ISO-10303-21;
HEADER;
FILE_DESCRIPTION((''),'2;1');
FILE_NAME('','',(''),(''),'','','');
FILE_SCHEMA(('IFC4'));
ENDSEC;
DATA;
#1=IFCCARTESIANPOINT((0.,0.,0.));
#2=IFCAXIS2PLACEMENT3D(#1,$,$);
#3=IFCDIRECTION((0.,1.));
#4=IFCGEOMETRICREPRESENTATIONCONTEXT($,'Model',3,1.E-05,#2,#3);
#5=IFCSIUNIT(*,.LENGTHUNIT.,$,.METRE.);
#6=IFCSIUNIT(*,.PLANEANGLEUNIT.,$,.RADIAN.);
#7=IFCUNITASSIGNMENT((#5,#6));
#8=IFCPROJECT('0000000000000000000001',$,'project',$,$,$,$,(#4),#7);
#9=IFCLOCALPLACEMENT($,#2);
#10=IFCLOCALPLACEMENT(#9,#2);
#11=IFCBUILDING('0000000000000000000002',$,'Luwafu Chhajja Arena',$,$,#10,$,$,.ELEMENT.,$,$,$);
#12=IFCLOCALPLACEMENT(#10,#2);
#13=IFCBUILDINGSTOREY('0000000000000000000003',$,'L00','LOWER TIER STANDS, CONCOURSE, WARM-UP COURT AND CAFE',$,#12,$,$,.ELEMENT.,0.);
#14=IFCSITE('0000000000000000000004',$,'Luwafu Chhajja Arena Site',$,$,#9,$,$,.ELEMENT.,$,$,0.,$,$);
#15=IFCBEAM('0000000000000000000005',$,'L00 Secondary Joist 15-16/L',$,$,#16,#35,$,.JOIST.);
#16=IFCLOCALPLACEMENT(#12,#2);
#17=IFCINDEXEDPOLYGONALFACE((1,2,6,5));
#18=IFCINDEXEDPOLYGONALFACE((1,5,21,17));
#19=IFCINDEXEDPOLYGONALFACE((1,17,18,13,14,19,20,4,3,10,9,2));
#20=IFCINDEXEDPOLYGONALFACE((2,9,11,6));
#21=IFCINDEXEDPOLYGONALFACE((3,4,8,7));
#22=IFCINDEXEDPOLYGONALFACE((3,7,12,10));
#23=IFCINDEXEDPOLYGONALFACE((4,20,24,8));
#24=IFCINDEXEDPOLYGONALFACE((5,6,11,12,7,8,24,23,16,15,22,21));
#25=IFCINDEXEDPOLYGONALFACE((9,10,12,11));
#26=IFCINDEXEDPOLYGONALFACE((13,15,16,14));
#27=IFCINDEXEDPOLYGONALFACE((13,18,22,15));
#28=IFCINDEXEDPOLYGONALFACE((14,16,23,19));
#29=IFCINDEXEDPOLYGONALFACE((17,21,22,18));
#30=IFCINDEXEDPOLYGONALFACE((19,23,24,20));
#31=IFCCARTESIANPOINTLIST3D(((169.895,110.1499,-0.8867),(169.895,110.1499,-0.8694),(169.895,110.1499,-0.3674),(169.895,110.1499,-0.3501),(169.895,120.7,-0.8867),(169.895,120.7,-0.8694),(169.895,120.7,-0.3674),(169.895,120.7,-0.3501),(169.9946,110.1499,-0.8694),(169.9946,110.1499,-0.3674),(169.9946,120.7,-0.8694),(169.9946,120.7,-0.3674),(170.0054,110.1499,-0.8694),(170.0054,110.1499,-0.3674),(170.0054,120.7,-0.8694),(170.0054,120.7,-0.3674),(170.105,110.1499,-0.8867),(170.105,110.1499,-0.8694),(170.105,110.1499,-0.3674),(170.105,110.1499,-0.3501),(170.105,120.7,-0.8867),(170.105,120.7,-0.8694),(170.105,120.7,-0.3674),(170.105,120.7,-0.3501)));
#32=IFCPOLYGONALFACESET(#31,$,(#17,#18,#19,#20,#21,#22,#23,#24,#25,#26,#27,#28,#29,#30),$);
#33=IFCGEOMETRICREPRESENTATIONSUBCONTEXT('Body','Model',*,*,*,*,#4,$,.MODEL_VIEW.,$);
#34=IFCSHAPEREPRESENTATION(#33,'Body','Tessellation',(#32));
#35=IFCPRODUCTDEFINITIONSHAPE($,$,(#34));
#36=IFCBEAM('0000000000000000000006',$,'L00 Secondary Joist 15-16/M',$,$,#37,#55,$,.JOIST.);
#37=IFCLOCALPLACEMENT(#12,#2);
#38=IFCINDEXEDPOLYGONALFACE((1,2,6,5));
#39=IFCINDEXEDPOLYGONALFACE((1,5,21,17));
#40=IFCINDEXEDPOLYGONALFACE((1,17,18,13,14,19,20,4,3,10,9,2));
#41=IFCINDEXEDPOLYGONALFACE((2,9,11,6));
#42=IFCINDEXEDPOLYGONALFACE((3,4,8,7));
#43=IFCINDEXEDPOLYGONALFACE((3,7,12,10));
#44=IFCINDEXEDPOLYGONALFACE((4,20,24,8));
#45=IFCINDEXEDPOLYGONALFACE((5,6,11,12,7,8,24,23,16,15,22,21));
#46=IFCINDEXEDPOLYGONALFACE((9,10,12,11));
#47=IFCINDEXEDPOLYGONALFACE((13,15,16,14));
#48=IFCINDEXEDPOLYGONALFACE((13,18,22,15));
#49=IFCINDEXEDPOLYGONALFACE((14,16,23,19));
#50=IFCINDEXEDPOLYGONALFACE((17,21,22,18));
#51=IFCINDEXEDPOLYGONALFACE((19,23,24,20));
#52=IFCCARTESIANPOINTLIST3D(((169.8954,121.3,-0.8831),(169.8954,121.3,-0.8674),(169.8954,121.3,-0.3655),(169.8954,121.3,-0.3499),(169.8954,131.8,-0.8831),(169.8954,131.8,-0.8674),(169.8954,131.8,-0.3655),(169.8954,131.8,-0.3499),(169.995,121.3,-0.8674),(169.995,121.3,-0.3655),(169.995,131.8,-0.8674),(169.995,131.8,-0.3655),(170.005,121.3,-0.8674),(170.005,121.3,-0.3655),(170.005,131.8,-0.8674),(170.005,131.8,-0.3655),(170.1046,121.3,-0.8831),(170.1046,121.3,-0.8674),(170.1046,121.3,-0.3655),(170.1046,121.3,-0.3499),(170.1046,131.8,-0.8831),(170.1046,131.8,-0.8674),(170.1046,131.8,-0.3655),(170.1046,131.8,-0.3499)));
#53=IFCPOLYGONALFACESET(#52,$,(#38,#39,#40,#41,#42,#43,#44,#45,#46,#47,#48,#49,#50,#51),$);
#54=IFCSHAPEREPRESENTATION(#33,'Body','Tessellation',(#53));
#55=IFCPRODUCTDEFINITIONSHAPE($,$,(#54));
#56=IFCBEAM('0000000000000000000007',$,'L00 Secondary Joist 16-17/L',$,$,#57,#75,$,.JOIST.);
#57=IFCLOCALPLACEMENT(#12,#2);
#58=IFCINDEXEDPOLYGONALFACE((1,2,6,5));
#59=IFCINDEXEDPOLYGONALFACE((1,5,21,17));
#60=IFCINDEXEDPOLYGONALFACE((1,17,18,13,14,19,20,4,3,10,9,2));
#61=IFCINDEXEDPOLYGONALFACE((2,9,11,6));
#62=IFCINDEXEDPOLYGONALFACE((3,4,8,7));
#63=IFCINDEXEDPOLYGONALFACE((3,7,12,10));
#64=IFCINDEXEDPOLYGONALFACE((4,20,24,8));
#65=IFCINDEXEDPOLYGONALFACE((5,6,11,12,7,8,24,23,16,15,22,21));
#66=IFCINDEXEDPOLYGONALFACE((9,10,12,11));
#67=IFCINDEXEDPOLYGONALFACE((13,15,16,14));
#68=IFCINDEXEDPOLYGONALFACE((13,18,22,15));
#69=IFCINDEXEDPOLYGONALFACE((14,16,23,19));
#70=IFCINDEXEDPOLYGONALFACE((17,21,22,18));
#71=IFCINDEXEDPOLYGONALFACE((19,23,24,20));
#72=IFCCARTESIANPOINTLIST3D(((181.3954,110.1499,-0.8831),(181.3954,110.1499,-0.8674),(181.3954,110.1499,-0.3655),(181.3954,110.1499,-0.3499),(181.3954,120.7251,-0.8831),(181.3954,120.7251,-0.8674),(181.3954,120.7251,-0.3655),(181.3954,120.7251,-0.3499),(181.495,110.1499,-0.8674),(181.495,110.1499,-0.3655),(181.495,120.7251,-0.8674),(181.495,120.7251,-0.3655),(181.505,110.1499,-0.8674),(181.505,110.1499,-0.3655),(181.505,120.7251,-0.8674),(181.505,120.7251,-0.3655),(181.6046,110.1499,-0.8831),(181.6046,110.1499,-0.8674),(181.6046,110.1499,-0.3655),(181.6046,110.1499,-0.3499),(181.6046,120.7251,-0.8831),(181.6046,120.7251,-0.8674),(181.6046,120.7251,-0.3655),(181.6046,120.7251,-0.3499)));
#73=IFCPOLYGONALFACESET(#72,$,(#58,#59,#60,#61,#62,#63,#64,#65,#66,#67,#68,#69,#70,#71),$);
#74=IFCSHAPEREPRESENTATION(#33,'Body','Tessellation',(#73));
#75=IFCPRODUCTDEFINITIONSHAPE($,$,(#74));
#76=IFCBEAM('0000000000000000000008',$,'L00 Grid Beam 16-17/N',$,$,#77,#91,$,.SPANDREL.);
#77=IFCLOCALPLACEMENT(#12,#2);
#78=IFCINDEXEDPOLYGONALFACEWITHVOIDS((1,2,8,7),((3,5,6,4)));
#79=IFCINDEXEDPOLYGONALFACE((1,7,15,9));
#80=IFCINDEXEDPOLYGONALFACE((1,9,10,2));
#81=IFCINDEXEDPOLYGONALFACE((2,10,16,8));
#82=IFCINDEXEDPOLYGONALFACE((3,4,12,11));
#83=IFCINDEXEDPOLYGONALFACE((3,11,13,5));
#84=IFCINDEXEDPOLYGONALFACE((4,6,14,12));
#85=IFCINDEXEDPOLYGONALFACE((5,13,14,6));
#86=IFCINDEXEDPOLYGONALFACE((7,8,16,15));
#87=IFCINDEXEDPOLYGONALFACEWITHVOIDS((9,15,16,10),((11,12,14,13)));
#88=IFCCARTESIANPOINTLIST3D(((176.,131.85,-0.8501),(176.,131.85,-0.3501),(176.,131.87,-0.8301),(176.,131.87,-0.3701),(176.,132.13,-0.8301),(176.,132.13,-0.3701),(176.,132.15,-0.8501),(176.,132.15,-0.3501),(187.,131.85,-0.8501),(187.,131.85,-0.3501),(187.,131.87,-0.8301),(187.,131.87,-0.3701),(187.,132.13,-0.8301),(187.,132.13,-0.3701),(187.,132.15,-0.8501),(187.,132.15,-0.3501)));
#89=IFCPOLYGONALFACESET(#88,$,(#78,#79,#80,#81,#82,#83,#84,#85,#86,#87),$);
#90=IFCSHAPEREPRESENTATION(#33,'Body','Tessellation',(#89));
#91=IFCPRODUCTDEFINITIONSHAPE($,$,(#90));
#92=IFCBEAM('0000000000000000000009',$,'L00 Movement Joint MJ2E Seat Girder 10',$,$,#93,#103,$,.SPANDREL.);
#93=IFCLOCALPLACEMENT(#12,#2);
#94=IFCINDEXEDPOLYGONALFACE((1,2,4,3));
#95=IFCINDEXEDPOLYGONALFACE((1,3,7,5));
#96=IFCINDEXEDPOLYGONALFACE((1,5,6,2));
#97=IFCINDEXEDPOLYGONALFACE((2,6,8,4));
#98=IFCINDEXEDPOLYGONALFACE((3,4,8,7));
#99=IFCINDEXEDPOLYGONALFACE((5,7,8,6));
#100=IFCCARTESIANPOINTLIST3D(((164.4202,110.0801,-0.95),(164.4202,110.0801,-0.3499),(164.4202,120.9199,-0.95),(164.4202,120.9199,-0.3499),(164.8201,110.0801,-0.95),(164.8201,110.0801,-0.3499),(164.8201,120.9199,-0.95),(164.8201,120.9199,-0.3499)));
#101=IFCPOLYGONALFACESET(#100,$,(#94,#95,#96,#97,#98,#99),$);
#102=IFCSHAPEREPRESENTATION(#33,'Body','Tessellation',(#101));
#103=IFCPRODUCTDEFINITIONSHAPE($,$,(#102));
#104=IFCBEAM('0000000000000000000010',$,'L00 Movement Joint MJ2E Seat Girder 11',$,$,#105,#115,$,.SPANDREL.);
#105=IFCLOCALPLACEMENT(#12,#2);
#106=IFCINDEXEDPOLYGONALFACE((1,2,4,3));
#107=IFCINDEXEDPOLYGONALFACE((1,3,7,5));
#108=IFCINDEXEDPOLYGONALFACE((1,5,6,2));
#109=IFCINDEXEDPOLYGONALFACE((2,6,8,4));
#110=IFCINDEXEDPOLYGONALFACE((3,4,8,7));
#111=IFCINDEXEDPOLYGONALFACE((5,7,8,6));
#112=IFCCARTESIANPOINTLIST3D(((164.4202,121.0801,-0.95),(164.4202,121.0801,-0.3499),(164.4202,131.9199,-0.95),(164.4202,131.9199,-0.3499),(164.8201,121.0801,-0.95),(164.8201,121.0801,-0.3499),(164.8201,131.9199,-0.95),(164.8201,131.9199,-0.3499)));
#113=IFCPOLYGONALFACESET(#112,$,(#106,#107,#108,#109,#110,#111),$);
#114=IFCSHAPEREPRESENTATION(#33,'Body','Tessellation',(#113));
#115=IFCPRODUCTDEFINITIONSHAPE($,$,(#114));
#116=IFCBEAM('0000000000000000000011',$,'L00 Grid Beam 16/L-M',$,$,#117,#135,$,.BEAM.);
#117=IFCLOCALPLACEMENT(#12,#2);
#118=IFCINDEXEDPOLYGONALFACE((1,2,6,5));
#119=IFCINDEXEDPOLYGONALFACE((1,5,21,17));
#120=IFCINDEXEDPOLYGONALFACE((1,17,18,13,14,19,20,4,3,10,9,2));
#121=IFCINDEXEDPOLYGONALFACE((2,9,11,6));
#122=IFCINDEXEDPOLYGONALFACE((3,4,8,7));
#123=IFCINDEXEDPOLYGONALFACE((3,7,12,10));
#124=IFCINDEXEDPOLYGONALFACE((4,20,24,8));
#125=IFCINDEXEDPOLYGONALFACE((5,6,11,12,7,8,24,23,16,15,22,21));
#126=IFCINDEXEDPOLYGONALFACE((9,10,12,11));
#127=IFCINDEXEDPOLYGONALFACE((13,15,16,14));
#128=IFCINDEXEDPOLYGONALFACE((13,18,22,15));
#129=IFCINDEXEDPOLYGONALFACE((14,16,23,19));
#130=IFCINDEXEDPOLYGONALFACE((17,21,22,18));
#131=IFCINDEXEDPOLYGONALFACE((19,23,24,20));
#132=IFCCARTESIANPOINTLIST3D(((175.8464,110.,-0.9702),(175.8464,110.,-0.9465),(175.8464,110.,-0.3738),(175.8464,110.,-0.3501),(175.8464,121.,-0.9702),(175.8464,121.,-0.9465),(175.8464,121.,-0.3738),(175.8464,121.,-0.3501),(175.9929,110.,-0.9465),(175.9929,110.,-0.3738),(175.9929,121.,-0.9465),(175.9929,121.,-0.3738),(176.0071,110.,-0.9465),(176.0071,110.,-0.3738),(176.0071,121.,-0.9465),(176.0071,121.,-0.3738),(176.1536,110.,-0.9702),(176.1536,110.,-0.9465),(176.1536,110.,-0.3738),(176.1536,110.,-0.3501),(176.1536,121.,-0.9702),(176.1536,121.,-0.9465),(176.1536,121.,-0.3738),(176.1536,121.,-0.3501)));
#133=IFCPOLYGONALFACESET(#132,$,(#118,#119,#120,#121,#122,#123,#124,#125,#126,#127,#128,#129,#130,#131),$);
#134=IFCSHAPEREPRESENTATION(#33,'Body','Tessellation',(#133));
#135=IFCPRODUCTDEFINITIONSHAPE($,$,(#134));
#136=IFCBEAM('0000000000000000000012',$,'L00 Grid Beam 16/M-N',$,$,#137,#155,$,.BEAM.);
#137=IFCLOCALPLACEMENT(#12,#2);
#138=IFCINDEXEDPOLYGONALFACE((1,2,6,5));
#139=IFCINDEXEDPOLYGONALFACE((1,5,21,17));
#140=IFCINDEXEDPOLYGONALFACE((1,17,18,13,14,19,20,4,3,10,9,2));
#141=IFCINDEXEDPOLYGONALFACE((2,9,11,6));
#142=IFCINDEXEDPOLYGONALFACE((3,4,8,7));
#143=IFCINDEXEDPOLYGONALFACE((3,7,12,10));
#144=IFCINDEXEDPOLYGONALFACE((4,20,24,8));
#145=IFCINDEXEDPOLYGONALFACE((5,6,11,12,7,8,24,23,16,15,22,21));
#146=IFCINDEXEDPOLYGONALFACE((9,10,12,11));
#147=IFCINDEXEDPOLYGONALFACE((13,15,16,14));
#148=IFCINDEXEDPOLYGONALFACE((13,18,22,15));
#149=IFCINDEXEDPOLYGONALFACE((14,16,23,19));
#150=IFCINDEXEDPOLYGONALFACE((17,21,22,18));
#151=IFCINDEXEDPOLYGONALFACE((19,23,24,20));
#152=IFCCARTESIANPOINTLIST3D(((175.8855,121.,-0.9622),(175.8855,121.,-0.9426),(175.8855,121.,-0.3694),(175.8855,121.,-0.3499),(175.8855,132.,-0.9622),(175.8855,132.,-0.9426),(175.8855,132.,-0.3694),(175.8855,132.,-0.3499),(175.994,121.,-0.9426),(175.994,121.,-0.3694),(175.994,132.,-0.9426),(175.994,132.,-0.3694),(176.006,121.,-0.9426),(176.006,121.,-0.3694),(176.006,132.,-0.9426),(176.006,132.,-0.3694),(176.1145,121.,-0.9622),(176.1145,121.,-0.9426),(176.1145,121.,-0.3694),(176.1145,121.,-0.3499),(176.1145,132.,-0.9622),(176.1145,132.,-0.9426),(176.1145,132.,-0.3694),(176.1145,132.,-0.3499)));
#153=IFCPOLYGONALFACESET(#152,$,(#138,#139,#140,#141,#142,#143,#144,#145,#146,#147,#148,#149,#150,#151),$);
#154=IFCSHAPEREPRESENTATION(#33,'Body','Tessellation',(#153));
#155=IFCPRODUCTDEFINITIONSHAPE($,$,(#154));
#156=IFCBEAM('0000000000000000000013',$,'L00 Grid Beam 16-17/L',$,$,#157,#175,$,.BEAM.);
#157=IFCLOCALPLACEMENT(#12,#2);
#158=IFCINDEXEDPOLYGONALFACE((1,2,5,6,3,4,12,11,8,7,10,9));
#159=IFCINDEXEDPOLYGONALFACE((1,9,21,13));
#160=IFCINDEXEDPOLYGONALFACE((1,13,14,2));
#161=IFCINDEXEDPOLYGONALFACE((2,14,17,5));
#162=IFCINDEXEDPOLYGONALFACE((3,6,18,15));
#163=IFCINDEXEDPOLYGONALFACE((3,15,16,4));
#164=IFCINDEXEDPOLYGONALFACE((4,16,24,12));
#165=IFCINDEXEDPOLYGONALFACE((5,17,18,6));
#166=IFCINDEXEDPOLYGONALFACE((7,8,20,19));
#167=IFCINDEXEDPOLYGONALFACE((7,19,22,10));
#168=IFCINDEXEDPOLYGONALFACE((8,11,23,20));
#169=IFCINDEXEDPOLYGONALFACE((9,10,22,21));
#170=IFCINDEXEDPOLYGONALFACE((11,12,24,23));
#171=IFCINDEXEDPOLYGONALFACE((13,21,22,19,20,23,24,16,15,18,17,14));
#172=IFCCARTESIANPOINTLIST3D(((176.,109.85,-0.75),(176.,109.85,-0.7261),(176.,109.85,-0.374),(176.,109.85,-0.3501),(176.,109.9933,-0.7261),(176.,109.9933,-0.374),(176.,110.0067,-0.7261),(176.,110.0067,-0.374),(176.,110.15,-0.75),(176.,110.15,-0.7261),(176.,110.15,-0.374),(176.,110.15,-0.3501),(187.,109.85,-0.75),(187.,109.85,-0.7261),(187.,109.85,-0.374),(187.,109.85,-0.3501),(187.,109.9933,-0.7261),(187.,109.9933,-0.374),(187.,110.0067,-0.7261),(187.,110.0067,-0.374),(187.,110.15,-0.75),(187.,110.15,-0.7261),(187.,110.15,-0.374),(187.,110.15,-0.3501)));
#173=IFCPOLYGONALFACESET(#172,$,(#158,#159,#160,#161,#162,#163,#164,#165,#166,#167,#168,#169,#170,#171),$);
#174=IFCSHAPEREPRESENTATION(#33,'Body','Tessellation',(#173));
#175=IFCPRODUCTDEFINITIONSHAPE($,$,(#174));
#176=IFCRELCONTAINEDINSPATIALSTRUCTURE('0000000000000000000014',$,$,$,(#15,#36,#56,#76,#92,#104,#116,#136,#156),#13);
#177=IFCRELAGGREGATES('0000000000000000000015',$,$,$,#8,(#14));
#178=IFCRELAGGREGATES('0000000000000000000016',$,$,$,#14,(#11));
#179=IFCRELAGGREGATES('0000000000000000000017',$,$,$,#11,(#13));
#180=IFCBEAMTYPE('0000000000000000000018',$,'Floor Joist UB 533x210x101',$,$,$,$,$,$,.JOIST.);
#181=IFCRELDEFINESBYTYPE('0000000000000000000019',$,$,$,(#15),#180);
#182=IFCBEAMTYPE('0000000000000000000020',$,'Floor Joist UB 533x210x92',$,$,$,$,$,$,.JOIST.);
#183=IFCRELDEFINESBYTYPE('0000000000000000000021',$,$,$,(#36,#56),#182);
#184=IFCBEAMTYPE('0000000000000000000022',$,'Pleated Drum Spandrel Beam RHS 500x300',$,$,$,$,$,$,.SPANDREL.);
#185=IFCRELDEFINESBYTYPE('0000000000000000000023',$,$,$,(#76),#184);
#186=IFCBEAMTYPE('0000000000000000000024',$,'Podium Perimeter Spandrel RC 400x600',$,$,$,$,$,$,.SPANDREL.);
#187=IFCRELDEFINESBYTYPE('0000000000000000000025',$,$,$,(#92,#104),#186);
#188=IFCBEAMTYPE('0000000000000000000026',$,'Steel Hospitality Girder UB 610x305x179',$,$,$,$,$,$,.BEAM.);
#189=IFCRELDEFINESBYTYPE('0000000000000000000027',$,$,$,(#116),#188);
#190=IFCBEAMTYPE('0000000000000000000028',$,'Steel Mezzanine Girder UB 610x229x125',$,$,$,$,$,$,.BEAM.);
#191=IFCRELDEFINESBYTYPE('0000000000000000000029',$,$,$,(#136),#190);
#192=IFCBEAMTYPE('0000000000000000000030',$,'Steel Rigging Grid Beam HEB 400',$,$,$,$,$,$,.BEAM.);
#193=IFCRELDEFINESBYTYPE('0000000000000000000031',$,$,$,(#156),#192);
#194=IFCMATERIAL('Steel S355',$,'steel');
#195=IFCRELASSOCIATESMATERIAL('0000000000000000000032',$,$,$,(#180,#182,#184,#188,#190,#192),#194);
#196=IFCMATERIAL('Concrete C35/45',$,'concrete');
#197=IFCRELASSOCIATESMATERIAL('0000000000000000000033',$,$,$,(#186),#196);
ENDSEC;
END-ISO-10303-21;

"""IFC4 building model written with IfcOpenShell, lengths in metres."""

from ifc_helpers import new_model, si_unit, direction, frame, origin, origin_2d, place, context, subcontext, project, spatial, rectangle, hollow_rectangle, i_section, extrude, material, material_profile, profile_set, type_object, element, save


model = new_model("IFC4")

# Units and contexts
model_context = context("Model", 3, precision=1e-05, world=origin(), true_north=direction((0.0, 1.0)))
body_context = subcontext(model_context, "Body", "Model", "MODEL_VIEW")
ifc_project = project(units=[si_unit("LENGTHUNIT", "METRE"), si_unit("PLANEANGLEUNIT", "RADIAN")], contexts=[model_context])

# Site, building, storey
site_placement = place(None, origin())
site = spatial("IfcSite", under=ifc_project, at=site_placement, Name="Luwafu Chhajja Arena Site", CompositionType="ELEMENT", RefElevation=0.0)
building_placement = place(site_placement, origin())
building = spatial("IfcBuilding", under=site, at=building_placement, Name="Luwafu Chhajja Arena", CompositionType="ELEMENT")
storey_placement = place(building_placement, origin())
storey = spatial("IfcBuildingStorey", under=building, at=storey_placement, Name="L00", Description="LOWER TIER STANDS, CONCOURSE, WARM-UP COURT AND CAFE", CompositionType="ELEMENT", Elevation=0.0)

# Shared definitions
ifc_material_1 = material(Name="Concrete C35/45", Category="concrete")

# Beams
ifc_material_2 = material(Name="Steel S355", Category="steel")
ifc_material_profile_1 = material_profile(ifc_material_2, i_section(OverallWidth=0.21, OverallDepth=0.5366, WebThickness=0.0107, FlangeThickness=0.0173, at=origin_2d()), Name="UB 533x210x101")
ifc_profile_set_1 = profile_set([ifc_material_profile_1], Name="Steel S355")
beam_type_1 = type_object("IfcBeamType", Name="Floor Joist UB 533x210x101", PredefinedType="JOIST", material=ifc_profile_set_1)
beam_1_placement = place(storey_placement, frame((170.0, 110.1499, -0.6184), z_axis=(0.0, 1.0, 0.0), x_axis=(-1.0, 0.0, 0.0)))
element("IfcBeam", 1, at=beam_1_placement, inside=storey, type_object=beam_type_1, Name="L00 Secondary Joist 15-16/L", PredefinedType="JOIST", context=body_context, shape_type="SweptSolid", body=[
    extrude(i_section(OverallWidth=0.21, OverallDepth=0.5366, WebThickness=0.0107, FlangeThickness=0.0173, at=origin_2d()), origin(), (0.0, 0.0, 1.0), 10.55),
])
ifc_material_profile_2 = material_profile(ifc_material_2, i_section(OverallWidth=0.2092, OverallDepth=0.5332, WebThickness=0.01, FlangeThickness=0.0156, at=origin_2d()), Name="UB 533x210x92")
ifc_profile_set_2 = profile_set([ifc_material_profile_2], Name="Steel S355")
beam_type_2 = type_object("IfcBeamType", Name="Floor Joist UB 533x210x92", PredefinedType="JOIST", material=ifc_profile_set_2)
beam_2_placement = place(storey_placement, frame((170.0, 121.3, -0.6165), z_axis=(0.0, 1.0, 0.0), x_axis=(-1.0, 0.0, 0.0)))
element("IfcBeam", 2, at=beam_2_placement, inside=storey, type_object=beam_type_2, Name="L00 Secondary Joist 15-16/M", PredefinedType="JOIST", context=body_context, shape_type="SweptSolid", body=[
    extrude(i_section(OverallWidth=0.2092, OverallDepth=0.5332, WebThickness=0.01, FlangeThickness=0.0156, at=origin_2d()), origin(), (0.0, 0.0, 1.0), 10.5),
])
beam_3_placement = place(storey_placement, frame((181.5, 110.1499, -0.6165), z_axis=(0.0, 1.0, 0.0), x_axis=(-1.0, 0.0, 0.0)))
element("IfcBeam", 3, at=beam_3_placement, inside=storey, type_object=beam_type_2, Name="L00 Secondary Joist 16-17/L", PredefinedType="JOIST", context=body_context, shape_type="SweptSolid", body=[
    extrude(i_section(OverallWidth=0.2092, OverallDepth=0.5332, WebThickness=0.01, FlangeThickness=0.0156, at=origin_2d()), origin(), (0.0, 0.0, 1.0), 10.5752),
])
ifc_material_profile_3 = material_profile(ifc_material_2, hollow_rectangle(XDim=0.3, YDim=0.5, WallThickness=0.02, at=origin_2d()), Name="RHS 500x300x20")
ifc_profile_set_3 = profile_set([ifc_material_profile_3], Name="Steel S355")
beam_type_3 = type_object("IfcBeamType", Name="Pleated Drum Spandrel Beam RHS 500x300", PredefinedType="SPANDREL", material=ifc_profile_set_3)
beam_4_placement = place(storey_placement, frame((176.0, 132.0, -0.6001), z_axis=(1.0, 0.0, 0.0), x_axis=(0.0, 1.0, 0.0)))
element("IfcBeam", 4, at=beam_4_placement, inside=storey, type_object=beam_type_3, Name="L00 Grid Beam 16-17/N", PredefinedType="SPANDREL", context=body_context, shape_type="SweptSolid", body=[
    extrude(hollow_rectangle(XDim=0.3, YDim=0.5, WallThickness=0.02, at=origin_2d()), origin(), (0.0, 0.0, 1.0), 11.0),
])
ifc_material_profile_4 = material_profile(ifc_material_1, rectangle(XDim=0.3999, YDim=0.6001, at=origin_2d()), Name="RC 400x600")
ifc_profile_set_4 = profile_set([ifc_material_profile_4], Name="Concrete C35/45")
beam_type_4 = type_object("IfcBeamType", Name="Podium Perimeter Spandrel RC 400x600", PredefinedType="SPANDREL", material=ifc_profile_set_4)
for number, where, z_axis, x_axis, name in (
    (5, (164.6201, 110.0801, -0.6499), (0.0, 1.0, 0.0), (-1.0, 0.0, 0.0), "L00 Movement Joint MJ2E Seat Girder 10"),
    (6, (164.6201, 121.0801, -0.6499), (0.0, 1.0, 0.0), (-1.0, 0.0, 0.0), "L00 Movement Joint MJ2E Seat Girder 11"),
):
    element("IfcBeam", number, at=place(storey_placement, frame(where, z_axis=z_axis, x_axis=x_axis)), inside=storey, type_object=beam_type_4, Name=name, PredefinedType="SPANDREL", context=body_context, shape_type="SweptSolid", body=[
        extrude(rectangle(XDim=0.3999, YDim=0.6001, at=origin_2d()), origin(), (0.0, 0.0, 1.0), 10.8398),
    ])
ifc_material_profile_5 = material_profile(ifc_material_2, i_section(OverallWidth=0.3071, OverallDepth=0.6201, WebThickness=0.0142, FlangeThickness=0.0237, at=origin_2d()), Name="UB 610x305x179")
ifc_profile_set_5 = profile_set([ifc_material_profile_5], Name="Steel S355")
beam_type_5 = type_object("IfcBeamType", Name="Steel Hospitality Girder UB 610x305x179", PredefinedType="BEAM", material=ifc_profile_set_5)
beam_5_placement = place(storey_placement, frame((176.0, 110.0, -0.6602), z_axis=(0.0, 1.0, 0.0), x_axis=(-1.0, 0.0, 0.0)))
element("IfcBeam", 7, at=beam_5_placement, inside=storey, type_object=beam_type_5, Name="L00 Grid Beam 16/L-M", PredefinedType="BEAM", context=body_context, shape_type="SweptSolid", body=[
    extrude(i_section(OverallWidth=0.3071, OverallDepth=0.6201, WebThickness=0.0142, FlangeThickness=0.0237, at=origin_2d()), origin(), (0.0, 0.0, 1.0), 11.0),
])
ifc_material_profile_6 = material_profile(ifc_material_2, i_section(OverallWidth=0.229, OverallDepth=0.6123, WebThickness=0.012, FlangeThickness=0.0195, at=origin_2d()), Name="UB 610x229x125")
ifc_profile_set_6 = profile_set([ifc_material_profile_6], Name="Steel S355")
beam_type_6 = type_object("IfcBeamType", Name="Steel Mezzanine Girder UB 610x229x125", PredefinedType="BEAM", material=ifc_profile_set_6)
beam_6_placement = place(storey_placement, frame((176.0, 121.0, -0.656), z_axis=(0.0, 1.0, 0.0), x_axis=(-1.0, 0.0, 0.0)))
element("IfcBeam", 8, at=beam_6_placement, inside=storey, type_object=beam_type_6, Name="L00 Grid Beam 16/M-N", PredefinedType="BEAM", context=body_context, shape_type="SweptSolid", body=[
    extrude(i_section(OverallWidth=0.229, OverallDepth=0.6123, WebThickness=0.012, FlangeThickness=0.0195, at=origin_2d()), origin(), (0.0, 0.0, 1.0), 11.0),
])
ifc_material_profile_7 = material_profile(ifc_material_2, i_section(OverallWidth=0.3, OverallDepth=0.3999, WebThickness=0.0134, FlangeThickness=0.0239, at=origin_2d()), Name="HEB 400")
ifc_profile_set_7 = profile_set([ifc_material_profile_7], Name="Steel S355")
beam_type_7 = type_object("IfcBeamType", Name="Steel Rigging Grid Beam HEB 400", PredefinedType="BEAM", material=ifc_profile_set_7)
beam_7_placement = place(storey_placement, frame((176.0, 110.0, -0.55), z_axis=(1.0, 0.0, 0.0), x_axis=(0.0, 1.0, 0.0)))
element("IfcBeam", 9, at=beam_7_placement, inside=storey, type_object=beam_type_7, Name="L00 Grid Beam 16-17/L", PredefinedType="BEAM", context=body_context, shape_type="SweptSolid", body=[
    extrude(i_section(OverallWidth=0.3, OverallDepth=0.3999, WebThickness=0.0134, FlangeThickness=0.0239, at=origin_2d()), origin(), (0.0, 0.0, 1.0), 11.0),
])

save(model, "model.ifc")
